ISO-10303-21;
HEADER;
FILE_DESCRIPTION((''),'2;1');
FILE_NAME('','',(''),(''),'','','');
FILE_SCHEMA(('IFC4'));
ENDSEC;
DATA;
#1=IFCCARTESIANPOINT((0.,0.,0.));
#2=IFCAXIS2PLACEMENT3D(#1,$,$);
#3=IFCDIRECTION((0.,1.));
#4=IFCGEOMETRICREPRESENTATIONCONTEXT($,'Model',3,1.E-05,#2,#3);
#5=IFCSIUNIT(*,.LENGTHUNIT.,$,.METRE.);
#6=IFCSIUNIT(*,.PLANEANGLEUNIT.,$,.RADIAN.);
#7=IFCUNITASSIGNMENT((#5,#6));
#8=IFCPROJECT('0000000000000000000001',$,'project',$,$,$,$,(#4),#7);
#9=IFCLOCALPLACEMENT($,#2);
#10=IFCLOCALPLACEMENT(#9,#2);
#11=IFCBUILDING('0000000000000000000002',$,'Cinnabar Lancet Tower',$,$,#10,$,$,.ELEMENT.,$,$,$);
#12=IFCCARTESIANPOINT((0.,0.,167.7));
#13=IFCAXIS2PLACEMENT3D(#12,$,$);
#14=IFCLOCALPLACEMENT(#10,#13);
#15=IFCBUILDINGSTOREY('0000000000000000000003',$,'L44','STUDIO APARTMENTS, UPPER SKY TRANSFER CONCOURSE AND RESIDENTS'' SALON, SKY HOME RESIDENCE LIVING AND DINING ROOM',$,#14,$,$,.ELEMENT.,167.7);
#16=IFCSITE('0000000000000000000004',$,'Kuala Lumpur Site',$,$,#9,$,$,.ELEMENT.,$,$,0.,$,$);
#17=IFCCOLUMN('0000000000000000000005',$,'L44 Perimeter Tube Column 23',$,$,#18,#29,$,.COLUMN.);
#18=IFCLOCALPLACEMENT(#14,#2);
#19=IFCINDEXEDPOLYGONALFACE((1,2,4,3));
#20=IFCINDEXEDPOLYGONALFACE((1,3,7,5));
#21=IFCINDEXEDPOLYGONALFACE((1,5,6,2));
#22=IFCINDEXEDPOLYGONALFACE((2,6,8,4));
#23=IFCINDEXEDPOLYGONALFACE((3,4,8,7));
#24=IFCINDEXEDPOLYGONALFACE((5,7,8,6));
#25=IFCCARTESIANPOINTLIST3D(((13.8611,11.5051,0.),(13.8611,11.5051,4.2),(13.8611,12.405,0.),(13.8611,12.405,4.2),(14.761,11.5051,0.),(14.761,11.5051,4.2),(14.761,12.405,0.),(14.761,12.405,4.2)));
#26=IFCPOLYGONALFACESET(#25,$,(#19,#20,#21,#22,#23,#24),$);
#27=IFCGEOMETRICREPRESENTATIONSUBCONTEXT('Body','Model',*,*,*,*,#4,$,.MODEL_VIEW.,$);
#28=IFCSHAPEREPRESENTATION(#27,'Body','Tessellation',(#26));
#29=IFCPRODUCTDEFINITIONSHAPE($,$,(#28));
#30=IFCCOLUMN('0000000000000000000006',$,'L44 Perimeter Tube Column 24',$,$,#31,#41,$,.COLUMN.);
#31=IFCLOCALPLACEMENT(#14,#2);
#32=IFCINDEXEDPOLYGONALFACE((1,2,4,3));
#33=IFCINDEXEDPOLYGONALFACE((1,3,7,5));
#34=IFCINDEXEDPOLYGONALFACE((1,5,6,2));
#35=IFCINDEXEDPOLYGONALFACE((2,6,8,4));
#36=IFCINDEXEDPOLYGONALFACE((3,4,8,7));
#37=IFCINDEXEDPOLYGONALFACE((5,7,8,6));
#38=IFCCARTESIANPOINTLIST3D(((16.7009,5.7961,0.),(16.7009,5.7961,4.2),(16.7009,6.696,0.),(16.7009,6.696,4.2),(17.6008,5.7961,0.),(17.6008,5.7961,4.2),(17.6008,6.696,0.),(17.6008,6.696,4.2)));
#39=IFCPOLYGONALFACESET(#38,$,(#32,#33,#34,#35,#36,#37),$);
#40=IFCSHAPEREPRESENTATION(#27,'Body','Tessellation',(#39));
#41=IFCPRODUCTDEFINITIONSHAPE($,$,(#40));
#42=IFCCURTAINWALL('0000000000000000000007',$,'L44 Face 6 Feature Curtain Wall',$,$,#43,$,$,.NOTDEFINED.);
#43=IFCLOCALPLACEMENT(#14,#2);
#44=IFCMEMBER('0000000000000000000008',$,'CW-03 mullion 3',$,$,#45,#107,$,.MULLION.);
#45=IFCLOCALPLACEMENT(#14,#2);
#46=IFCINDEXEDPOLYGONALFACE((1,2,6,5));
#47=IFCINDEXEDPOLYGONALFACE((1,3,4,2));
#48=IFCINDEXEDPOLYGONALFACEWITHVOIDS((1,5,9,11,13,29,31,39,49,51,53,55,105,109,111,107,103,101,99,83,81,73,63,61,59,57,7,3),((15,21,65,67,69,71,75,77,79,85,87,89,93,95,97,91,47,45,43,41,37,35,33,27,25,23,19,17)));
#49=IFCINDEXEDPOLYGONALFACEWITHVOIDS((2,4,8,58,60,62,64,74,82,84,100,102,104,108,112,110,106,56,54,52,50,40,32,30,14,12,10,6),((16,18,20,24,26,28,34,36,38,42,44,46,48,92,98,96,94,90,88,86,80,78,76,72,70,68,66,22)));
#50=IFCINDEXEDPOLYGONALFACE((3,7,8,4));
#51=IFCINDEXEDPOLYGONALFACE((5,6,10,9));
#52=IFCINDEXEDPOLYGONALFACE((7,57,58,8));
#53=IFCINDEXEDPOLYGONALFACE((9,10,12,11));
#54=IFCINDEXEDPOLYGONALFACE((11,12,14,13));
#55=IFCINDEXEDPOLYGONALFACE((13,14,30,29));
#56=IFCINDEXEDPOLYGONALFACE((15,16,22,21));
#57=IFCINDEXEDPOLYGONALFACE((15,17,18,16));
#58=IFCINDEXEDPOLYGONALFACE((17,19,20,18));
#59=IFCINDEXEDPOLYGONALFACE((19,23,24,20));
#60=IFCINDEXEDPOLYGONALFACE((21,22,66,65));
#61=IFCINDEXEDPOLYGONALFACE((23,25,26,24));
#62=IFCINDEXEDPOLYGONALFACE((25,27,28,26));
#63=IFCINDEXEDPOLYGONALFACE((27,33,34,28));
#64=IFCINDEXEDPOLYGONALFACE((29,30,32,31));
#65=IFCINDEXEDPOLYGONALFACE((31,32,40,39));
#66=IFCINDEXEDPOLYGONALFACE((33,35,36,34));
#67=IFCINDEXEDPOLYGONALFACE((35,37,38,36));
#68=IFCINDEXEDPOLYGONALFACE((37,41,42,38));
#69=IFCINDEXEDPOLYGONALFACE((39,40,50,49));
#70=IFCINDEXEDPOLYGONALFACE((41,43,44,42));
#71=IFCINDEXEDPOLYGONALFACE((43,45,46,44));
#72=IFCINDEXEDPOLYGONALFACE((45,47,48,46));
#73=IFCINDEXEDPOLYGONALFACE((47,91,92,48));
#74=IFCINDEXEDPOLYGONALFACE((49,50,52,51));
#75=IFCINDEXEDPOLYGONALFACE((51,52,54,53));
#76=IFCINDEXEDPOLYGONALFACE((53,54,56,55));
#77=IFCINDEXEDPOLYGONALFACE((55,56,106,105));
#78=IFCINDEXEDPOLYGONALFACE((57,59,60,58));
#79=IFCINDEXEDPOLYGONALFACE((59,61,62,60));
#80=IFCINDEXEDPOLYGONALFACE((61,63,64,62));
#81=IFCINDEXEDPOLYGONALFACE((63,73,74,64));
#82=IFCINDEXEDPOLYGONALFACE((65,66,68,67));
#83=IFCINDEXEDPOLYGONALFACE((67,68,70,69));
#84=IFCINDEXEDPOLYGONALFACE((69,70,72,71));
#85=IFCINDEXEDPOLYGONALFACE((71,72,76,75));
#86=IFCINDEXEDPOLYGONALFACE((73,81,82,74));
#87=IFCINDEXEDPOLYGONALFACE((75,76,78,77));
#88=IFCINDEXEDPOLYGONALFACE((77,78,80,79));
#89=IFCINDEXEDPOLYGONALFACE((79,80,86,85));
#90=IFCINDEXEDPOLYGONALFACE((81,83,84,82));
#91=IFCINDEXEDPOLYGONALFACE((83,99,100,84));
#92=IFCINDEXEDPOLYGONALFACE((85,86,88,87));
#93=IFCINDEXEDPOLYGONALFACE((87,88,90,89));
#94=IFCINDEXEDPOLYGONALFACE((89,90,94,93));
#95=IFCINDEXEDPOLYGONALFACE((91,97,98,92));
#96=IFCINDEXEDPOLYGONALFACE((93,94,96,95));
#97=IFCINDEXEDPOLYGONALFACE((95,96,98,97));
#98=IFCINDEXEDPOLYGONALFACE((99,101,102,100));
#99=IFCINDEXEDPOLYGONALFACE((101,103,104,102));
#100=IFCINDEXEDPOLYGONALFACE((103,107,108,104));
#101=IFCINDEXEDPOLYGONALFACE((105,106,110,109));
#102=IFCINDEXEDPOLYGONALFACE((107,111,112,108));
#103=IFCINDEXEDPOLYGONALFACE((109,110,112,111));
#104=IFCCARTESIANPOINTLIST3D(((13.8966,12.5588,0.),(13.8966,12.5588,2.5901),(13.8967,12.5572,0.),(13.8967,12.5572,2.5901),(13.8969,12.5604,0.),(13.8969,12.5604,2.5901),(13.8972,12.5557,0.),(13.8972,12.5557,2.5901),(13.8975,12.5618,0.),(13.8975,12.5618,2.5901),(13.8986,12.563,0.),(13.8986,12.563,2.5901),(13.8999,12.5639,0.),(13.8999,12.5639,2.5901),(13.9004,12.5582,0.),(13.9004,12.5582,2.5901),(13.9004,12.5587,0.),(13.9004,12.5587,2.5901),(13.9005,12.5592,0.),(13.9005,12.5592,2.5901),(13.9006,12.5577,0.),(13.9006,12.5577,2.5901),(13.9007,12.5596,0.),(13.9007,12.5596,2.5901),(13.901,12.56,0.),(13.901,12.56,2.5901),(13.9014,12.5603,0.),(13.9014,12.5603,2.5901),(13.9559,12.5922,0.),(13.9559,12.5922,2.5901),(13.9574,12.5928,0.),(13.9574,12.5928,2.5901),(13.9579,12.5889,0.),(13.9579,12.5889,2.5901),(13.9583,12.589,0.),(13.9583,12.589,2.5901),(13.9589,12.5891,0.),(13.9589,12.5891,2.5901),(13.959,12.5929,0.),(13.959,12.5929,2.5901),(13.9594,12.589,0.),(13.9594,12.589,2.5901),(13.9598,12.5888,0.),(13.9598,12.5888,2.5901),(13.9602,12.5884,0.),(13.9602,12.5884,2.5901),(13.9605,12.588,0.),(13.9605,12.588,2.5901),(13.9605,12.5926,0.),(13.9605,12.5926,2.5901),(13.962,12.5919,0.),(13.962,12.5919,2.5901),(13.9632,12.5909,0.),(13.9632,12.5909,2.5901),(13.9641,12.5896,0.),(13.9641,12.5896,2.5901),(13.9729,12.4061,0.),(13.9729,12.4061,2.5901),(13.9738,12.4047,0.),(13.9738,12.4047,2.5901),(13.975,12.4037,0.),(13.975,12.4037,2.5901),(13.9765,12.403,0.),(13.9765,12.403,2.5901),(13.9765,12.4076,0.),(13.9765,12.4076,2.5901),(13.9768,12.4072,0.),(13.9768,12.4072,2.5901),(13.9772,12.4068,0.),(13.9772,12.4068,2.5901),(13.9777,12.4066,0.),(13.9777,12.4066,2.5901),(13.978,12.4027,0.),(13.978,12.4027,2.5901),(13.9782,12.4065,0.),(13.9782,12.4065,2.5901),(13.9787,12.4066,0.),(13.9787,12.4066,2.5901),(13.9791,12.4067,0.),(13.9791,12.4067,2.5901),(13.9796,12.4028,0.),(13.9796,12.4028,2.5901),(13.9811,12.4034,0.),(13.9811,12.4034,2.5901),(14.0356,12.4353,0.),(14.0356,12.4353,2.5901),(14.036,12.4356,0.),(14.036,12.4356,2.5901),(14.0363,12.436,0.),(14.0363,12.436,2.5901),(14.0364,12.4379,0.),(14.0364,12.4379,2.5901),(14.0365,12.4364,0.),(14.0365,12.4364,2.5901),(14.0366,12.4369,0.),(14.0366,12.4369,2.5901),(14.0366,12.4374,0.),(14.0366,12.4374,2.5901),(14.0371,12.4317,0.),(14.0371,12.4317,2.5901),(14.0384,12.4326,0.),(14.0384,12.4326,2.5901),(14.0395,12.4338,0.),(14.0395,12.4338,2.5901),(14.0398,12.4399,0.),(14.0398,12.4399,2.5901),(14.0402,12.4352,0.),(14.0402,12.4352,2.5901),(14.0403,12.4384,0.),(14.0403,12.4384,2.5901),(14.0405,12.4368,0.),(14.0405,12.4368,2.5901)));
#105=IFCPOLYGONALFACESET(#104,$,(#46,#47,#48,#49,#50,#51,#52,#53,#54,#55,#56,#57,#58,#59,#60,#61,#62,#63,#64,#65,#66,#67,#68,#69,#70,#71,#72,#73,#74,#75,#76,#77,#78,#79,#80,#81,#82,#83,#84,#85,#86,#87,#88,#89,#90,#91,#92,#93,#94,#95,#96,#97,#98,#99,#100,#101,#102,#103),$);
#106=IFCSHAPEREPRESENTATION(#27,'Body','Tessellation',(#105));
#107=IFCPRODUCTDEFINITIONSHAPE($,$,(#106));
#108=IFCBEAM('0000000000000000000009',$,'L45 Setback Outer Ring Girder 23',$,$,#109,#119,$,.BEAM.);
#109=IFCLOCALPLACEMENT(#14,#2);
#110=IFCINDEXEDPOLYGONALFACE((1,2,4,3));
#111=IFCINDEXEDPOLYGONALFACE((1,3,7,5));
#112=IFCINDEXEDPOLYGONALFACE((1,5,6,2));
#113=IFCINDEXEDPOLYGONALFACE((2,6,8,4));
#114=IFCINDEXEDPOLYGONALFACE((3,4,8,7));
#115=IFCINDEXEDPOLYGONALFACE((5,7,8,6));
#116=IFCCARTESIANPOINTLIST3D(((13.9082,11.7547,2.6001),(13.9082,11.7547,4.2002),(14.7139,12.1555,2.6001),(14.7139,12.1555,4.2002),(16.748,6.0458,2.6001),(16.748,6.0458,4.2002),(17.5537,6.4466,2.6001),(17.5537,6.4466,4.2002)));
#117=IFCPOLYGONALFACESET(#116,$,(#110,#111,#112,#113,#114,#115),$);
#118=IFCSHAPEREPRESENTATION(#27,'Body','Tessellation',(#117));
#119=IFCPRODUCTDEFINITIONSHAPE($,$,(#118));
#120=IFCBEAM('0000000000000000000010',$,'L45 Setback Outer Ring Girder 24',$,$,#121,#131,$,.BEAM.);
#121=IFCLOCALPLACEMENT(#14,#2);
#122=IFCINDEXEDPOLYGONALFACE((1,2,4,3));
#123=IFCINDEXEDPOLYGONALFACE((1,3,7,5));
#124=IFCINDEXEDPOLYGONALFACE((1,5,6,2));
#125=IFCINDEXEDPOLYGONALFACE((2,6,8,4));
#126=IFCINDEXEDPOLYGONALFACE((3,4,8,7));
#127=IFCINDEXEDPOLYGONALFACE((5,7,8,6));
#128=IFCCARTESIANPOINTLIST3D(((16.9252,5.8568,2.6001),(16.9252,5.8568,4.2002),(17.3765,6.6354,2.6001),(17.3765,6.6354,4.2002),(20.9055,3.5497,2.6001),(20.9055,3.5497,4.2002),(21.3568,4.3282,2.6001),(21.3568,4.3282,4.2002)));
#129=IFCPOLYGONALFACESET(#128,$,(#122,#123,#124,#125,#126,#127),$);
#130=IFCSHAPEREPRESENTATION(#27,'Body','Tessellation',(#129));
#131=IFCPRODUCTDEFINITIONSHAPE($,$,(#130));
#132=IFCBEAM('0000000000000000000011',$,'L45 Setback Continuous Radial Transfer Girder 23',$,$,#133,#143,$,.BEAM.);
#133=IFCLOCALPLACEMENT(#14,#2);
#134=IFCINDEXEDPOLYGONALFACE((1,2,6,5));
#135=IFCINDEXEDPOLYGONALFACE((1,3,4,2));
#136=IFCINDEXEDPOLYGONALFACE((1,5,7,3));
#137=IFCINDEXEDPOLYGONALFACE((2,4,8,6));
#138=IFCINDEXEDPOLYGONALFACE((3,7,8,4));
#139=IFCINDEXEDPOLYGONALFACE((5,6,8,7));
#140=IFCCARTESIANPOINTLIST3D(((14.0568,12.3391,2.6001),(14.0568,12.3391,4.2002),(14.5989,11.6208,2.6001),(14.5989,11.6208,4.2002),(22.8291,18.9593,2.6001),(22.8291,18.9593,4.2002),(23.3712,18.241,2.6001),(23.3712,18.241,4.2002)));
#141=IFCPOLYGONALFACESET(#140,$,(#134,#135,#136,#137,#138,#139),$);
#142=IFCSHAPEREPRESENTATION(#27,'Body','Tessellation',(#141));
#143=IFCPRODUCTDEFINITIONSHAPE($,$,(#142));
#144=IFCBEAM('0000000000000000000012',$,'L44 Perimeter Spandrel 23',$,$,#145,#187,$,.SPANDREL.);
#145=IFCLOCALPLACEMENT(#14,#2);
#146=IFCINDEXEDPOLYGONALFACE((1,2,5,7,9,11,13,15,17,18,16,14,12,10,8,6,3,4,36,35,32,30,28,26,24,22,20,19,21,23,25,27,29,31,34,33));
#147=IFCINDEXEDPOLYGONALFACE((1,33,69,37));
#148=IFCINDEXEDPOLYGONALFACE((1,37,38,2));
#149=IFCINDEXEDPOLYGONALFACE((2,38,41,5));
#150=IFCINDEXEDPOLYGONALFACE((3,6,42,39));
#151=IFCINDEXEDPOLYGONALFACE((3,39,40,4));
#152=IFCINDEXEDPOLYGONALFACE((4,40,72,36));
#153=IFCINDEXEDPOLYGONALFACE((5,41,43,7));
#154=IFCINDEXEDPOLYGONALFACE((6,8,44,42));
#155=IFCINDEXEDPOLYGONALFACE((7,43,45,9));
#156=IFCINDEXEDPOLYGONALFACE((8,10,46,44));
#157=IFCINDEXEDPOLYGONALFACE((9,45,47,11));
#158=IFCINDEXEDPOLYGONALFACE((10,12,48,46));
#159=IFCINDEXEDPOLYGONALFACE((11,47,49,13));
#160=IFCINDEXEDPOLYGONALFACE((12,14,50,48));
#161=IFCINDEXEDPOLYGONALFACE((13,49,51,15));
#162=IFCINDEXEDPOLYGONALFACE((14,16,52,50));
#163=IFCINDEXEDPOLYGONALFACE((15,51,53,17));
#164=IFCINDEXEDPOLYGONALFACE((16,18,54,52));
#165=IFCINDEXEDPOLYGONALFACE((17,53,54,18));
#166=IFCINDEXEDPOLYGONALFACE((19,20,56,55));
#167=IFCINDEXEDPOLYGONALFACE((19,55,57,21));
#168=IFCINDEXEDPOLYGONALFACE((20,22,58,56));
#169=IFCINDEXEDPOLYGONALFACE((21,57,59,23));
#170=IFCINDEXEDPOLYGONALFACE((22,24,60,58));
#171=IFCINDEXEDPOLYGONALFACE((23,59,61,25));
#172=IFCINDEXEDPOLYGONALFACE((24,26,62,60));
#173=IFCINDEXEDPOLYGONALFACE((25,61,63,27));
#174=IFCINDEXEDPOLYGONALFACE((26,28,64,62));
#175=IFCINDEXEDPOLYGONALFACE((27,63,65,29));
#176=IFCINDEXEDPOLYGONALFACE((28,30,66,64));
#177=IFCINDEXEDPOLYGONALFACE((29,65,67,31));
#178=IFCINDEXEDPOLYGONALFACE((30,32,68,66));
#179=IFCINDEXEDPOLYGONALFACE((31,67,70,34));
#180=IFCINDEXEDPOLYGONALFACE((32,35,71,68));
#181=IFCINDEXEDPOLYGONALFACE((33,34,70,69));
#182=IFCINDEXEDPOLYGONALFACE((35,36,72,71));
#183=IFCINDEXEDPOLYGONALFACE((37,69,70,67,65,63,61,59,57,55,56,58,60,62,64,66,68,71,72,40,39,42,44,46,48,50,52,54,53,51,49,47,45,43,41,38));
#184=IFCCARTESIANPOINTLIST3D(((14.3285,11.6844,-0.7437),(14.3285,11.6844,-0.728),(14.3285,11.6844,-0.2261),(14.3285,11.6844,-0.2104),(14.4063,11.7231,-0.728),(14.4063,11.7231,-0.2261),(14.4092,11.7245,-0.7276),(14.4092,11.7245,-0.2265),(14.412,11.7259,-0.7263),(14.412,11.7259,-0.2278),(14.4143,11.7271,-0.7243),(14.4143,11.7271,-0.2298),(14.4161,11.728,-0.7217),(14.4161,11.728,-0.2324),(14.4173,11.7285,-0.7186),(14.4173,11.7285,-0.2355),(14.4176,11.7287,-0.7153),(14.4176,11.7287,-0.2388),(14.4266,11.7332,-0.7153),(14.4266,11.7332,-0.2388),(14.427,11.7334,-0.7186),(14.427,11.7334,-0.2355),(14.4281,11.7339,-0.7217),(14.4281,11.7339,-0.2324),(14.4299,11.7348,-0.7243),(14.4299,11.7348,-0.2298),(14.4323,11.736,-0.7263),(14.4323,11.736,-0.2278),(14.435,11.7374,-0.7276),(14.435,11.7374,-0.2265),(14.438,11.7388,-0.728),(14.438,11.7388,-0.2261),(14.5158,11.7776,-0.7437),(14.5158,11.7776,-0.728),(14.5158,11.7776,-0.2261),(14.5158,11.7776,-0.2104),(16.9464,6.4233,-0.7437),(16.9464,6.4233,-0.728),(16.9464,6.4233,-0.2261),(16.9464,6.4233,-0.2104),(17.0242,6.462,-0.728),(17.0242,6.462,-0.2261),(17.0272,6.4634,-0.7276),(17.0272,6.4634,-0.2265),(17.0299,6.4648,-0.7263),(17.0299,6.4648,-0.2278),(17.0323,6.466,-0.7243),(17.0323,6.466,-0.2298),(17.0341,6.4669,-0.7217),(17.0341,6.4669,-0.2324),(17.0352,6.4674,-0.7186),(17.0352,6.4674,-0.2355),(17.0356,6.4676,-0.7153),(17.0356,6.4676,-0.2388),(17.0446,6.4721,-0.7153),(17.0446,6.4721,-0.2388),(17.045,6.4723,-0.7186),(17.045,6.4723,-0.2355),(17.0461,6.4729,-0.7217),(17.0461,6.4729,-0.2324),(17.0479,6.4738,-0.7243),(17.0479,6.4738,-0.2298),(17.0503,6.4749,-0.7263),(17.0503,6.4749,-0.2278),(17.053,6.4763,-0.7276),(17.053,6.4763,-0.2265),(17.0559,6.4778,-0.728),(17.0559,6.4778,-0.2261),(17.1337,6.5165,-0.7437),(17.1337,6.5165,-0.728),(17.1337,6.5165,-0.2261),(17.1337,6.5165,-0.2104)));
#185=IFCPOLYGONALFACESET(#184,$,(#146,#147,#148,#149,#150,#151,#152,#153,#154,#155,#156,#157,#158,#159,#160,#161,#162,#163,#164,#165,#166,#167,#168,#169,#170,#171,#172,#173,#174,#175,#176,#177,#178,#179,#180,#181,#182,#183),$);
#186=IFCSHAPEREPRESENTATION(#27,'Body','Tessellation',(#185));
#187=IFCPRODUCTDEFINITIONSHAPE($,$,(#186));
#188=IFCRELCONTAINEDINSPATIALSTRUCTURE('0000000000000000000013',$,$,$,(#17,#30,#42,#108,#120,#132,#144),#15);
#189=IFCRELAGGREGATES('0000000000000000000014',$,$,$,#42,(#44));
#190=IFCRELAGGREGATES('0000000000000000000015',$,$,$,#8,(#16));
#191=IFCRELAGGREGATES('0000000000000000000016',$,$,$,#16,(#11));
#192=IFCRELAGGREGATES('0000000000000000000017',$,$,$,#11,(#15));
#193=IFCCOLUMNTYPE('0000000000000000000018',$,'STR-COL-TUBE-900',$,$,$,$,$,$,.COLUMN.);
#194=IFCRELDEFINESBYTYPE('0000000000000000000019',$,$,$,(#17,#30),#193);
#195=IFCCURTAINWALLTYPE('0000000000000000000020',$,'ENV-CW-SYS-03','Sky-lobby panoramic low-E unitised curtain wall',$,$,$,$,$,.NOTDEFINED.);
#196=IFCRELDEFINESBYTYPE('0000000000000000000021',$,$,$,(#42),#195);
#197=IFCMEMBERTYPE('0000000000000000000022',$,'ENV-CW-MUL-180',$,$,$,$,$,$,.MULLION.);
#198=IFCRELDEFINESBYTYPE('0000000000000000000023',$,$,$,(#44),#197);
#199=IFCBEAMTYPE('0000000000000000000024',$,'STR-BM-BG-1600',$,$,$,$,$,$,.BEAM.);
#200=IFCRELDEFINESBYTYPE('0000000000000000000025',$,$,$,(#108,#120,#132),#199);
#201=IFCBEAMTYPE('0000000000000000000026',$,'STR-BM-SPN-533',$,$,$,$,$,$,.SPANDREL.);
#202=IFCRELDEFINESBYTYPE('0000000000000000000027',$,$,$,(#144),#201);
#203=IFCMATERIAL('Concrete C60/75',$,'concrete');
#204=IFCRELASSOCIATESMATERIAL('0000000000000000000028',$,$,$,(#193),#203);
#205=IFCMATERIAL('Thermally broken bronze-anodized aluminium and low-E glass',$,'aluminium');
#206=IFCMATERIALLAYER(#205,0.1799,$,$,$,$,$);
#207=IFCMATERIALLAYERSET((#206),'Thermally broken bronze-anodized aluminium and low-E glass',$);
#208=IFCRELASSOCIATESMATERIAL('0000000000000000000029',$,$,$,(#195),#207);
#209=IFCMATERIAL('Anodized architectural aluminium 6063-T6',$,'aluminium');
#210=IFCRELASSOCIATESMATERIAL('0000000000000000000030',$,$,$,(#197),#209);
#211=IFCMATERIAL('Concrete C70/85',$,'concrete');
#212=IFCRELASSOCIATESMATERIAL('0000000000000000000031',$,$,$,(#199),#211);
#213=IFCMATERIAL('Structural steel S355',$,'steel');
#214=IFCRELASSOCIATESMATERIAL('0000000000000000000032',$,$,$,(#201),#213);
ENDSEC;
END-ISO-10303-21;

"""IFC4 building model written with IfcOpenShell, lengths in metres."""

from ifc_helpers import new_model, si_unit, direction, frame, origin, origin_2d, place, context, subcontext, project, spatial, rectangle, hollow_rectangle, i_section, extrude, material, layer, layer_set, material_profile, profile_set, type_object, element, aggregate, save


model = new_model("IFC4")

# Units and contexts
model_context = context("Model", 3, precision=1e-05, world=origin(), true_north=direction((0.0, 1.0)))
body_context = subcontext(model_context, "Body", "Model", "MODEL_VIEW")
ifc_project = project(units=[si_unit("LENGTHUNIT", "METRE"), si_unit("PLANEANGLEUNIT", "RADIAN")], contexts=[model_context])

# Site, building, storey
site_placement = place(None, origin())
site = spatial("IfcSite", under=ifc_project, at=site_placement, Name="Kuala Lumpur Site", CompositionType="ELEMENT", RefElevation=0.0)
building_placement = place(site_placement, origin())
building = spatial("IfcBuilding", under=site, at=building_placement, Name="Cinnabar Lancet Tower", CompositionType="ELEMENT")
storey_placement = place(building_placement, frame((0.0, 0.0, 167.7)))
storey = spatial("IfcBuildingStorey", under=building, at=storey_placement, Name="L44", Description="STUDIO APARTMENTS, UPPER SKY TRANSFER CONCOURSE AND RESIDENTS' SALON, SKY HOME RESIDENCE LIVING AND DINING ROOM", CompositionType="ELEMENT", Elevation=167.7)

# Columns
ifc_material_1 = material(Name="Concrete C60/75", Category="concrete")
ifc_material_profile_1 = material_profile(ifc_material_1, rectangle(XDim=0.8999, YDim=0.8999, at=origin_2d()), Name="RC-COL 900x900")
ifc_profile_set_1 = profile_set([ifc_material_profile_1], Name="Concrete C60/75")
column_type = type_object("IfcColumnType", Name="STR-COL-TUBE-900", PredefinedType="COLUMN", material=ifc_profile_set_1)
for number, where, z_axis, x_axis, name in (
    (1, (14.311, 11.9551, 0.0), (0.0, 0.0, 1.0), (1.0, 0.0, 0.0), "L44 Perimeter Tube Column 23"),
    (2, (17.1509, 6.2461, 0.0), (0.0, 0.0, 1.0), (1.0, 0.0, 0.0), "L44 Perimeter Tube Column 24"),
):
    element("IfcColumn", number, at=place(storey_placement, frame(where, z_axis=z_axis, x_axis=x_axis)), inside=storey, type_object=column_type, Name=name, PredefinedType="COLUMN", context=body_context, shape_type="SweptSolid", body=[
        extrude(rectangle(XDim=0.8999, YDim=0.8999, at=origin_2d()), origin(), (0.0, 0.0, 1.0), 4.2),
    ])

# Curtain wall, member
ifc_material_2 = material(Name="Thermally broken bronze-anodized aluminium and low-E glass", Category="aluminium")
ifc_layer_1 = layer(ifc_material_2, 0.1799)
ifc_layer_set_1 = layer_set([ifc_layer_1], Name="Thermally broken bronze-anodized aluminium and low-E glass")
curtain_wall_type = type_object("IfcCurtainWallType", Name="ENV-CW-SYS-03", Description="Sky-lobby panoramic low-E unitised curtain wall", PredefinedType="NOTDEFINED", material=ifc_layer_set_1)
curtain_wall_placement = place(storey_placement, origin())
curtain_wall = element("IfcCurtainWall", 3, at=curtain_wall_placement, inside=storey, type_object=curtain_wall_type, Name="L44 Face 6 Feature Curtain Wall", PredefinedType="NOTDEFINED")
ifc_material_3 = material(Name="Anodized architectural aluminium 6063-T6", Category="aluminium")
ifc_material_profile_2 = material_profile(ifc_material_3, hollow_rectangle(XDim=0.075, YDim=0.1799, WallThickness=0.0039, InnerFilletRadius=0.002, OuterFilletRadius=0.0061, at=origin_2d()), Name="CW-MUL 180x75x4")
ifc_profile_set_2 = profile_set([ifc_material_profile_2], Name="Anodized architectural aluminium 6063-T6")
member_type = type_object("IfcMemberType", Name="ENV-CW-MUL-180", PredefinedType="MULLION", material=ifc_profile_set_2)
member_placement = place(storey_placement, frame((13.9685, 12.4978, 0.0), z_axis=(0.0, 0.0, 1.0), x_axis=(0.89231, 0.451423, 0.0)))
member = element("IfcMember", 4, at=member_placement, type_object=member_type, Name="CW-03 mullion 3", PredefinedType="MULLION", context=body_context, shape_type="SweptSolid", body=[
    extrude(hollow_rectangle(XDim=0.075, YDim=0.1799, WallThickness=0.0039, InnerFilletRadius=0.002, OuterFilletRadius=0.0061, at=origin_2d()), origin(), (0.0, 0.0, 1.0), 2.5901),
])

# Beams
ifc_material_4 = material(Name="Concrete C70/85", Category="concrete")
ifc_material_profile_3 = material_profile(ifc_material_4, rectangle(XDim=0.8999, YDim=1.6001, at=origin_2d()), Name="RC-BG 900x1600")
ifc_profile_set_3 = profile_set([ifc_material_profile_3], Name="Concrete C70/85")
beam_type_1 = type_object("IfcBeamType", Name="STR-BM-BG-1600", PredefinedType="BEAM", material=ifc_profile_set_3)
beam_1_placement = place(storey_placement, frame((14.311, 11.9551, 3.4001), z_axis=(0.445375, -0.895344, 0.0), x_axis=(0.895344, 0.445375, 0.0)))
element("IfcBeam", 5, at=beam_1_placement, inside=storey, type_object=beam_type_1, Name="L45 Setback Outer Ring Girder 23", PredefinedType="BEAM", context=body_context, shape_type="SweptSolid", body=[
    extrude(rectangle(XDim=0.8999, YDim=1.6001, at=origin_2d()), origin(), (0.0, 0.0, 1.0), 6.3762),
])
beam_2_placement = place(storey_placement, frame((17.1509, 6.2461, 3.4001), z_axis=(0.865163, -0.50149, 0.0), x_axis=(0.50149, 0.865163, 0.0)))
element("IfcBeam", 6, at=beam_2_placement, inside=storey, type_object=beam_type_1, Name="L45 Setback Outer Ring Girder 24", PredefinedType="BEAM", context=body_context, shape_type="SweptSolid", body=[
    extrude(rectangle(XDim=0.8999, YDim=1.6001, at=origin_2d()), origin(), (0.0, 0.0, 1.0), 4.6006),
])
beam_3_placement = place(storey_placement, frame((14.3279, 11.98, 3.4001), z_axis=(0.798208, 0.602382, 0.0), x_axis=(-0.602382, 0.798208, 0.0)))
element("IfcBeam", 7, at=beam_3_placement, inside=storey, type_object=beam_type_1, Name="L45 Setback Continuous Radial Transfer Girder 23", PredefinedType="BEAM", context=body_context, shape_type="SweptSolid", body=[
    extrude(rectangle(XDim=0.8999, YDim=1.6001, at=origin_2d()), origin(), (0.0, 0.0, 1.0), 10.99),
])
ifc_material_5 = material(Name="Structural steel S355", Category="steel")
ifc_material_profile_4 = material_profile(ifc_material_5, i_section(OverallWidth=0.2092, OverallDepth=0.5332, WebThickness=0.01, FlangeThickness=0.0156, FilletRadius=0.0127, at=origin_2d()), Name="UKB 533x210x92")
ifc_profile_set_4 = profile_set([ifc_material_profile_4], Name="Structural steel S355")
beam_type_2 = type_object("IfcBeamType", Name="STR-BM-SPN-533", PredefinedType="SPANDREL", material=ifc_profile_set_4)
beam_4_placement = place(storey_placement, frame((14.4221, 11.731, -0.4771), z_axis=(0.445501, -0.895281, 0.0), x_axis=(0.895281, 0.445501, 0.0)))
element("IfcBeam", 8, at=beam_4_placement, inside=storey, type_object=beam_type_2, Name="L44 Perimeter Spandrel 23", PredefinedType="SPANDREL", context=body_context, shape_type="SweptSolid", body=[
    extrude(i_section(OverallWidth=0.2092, OverallDepth=0.5332, WebThickness=0.01, FlangeThickness=0.0156, FilletRadius=0.0127, at=origin_2d()), origin(), (0.0, 0.0, 1.0), 5.8765),
])

aggregate(curtain_wall, [member])

save(model, "model.ifc")
